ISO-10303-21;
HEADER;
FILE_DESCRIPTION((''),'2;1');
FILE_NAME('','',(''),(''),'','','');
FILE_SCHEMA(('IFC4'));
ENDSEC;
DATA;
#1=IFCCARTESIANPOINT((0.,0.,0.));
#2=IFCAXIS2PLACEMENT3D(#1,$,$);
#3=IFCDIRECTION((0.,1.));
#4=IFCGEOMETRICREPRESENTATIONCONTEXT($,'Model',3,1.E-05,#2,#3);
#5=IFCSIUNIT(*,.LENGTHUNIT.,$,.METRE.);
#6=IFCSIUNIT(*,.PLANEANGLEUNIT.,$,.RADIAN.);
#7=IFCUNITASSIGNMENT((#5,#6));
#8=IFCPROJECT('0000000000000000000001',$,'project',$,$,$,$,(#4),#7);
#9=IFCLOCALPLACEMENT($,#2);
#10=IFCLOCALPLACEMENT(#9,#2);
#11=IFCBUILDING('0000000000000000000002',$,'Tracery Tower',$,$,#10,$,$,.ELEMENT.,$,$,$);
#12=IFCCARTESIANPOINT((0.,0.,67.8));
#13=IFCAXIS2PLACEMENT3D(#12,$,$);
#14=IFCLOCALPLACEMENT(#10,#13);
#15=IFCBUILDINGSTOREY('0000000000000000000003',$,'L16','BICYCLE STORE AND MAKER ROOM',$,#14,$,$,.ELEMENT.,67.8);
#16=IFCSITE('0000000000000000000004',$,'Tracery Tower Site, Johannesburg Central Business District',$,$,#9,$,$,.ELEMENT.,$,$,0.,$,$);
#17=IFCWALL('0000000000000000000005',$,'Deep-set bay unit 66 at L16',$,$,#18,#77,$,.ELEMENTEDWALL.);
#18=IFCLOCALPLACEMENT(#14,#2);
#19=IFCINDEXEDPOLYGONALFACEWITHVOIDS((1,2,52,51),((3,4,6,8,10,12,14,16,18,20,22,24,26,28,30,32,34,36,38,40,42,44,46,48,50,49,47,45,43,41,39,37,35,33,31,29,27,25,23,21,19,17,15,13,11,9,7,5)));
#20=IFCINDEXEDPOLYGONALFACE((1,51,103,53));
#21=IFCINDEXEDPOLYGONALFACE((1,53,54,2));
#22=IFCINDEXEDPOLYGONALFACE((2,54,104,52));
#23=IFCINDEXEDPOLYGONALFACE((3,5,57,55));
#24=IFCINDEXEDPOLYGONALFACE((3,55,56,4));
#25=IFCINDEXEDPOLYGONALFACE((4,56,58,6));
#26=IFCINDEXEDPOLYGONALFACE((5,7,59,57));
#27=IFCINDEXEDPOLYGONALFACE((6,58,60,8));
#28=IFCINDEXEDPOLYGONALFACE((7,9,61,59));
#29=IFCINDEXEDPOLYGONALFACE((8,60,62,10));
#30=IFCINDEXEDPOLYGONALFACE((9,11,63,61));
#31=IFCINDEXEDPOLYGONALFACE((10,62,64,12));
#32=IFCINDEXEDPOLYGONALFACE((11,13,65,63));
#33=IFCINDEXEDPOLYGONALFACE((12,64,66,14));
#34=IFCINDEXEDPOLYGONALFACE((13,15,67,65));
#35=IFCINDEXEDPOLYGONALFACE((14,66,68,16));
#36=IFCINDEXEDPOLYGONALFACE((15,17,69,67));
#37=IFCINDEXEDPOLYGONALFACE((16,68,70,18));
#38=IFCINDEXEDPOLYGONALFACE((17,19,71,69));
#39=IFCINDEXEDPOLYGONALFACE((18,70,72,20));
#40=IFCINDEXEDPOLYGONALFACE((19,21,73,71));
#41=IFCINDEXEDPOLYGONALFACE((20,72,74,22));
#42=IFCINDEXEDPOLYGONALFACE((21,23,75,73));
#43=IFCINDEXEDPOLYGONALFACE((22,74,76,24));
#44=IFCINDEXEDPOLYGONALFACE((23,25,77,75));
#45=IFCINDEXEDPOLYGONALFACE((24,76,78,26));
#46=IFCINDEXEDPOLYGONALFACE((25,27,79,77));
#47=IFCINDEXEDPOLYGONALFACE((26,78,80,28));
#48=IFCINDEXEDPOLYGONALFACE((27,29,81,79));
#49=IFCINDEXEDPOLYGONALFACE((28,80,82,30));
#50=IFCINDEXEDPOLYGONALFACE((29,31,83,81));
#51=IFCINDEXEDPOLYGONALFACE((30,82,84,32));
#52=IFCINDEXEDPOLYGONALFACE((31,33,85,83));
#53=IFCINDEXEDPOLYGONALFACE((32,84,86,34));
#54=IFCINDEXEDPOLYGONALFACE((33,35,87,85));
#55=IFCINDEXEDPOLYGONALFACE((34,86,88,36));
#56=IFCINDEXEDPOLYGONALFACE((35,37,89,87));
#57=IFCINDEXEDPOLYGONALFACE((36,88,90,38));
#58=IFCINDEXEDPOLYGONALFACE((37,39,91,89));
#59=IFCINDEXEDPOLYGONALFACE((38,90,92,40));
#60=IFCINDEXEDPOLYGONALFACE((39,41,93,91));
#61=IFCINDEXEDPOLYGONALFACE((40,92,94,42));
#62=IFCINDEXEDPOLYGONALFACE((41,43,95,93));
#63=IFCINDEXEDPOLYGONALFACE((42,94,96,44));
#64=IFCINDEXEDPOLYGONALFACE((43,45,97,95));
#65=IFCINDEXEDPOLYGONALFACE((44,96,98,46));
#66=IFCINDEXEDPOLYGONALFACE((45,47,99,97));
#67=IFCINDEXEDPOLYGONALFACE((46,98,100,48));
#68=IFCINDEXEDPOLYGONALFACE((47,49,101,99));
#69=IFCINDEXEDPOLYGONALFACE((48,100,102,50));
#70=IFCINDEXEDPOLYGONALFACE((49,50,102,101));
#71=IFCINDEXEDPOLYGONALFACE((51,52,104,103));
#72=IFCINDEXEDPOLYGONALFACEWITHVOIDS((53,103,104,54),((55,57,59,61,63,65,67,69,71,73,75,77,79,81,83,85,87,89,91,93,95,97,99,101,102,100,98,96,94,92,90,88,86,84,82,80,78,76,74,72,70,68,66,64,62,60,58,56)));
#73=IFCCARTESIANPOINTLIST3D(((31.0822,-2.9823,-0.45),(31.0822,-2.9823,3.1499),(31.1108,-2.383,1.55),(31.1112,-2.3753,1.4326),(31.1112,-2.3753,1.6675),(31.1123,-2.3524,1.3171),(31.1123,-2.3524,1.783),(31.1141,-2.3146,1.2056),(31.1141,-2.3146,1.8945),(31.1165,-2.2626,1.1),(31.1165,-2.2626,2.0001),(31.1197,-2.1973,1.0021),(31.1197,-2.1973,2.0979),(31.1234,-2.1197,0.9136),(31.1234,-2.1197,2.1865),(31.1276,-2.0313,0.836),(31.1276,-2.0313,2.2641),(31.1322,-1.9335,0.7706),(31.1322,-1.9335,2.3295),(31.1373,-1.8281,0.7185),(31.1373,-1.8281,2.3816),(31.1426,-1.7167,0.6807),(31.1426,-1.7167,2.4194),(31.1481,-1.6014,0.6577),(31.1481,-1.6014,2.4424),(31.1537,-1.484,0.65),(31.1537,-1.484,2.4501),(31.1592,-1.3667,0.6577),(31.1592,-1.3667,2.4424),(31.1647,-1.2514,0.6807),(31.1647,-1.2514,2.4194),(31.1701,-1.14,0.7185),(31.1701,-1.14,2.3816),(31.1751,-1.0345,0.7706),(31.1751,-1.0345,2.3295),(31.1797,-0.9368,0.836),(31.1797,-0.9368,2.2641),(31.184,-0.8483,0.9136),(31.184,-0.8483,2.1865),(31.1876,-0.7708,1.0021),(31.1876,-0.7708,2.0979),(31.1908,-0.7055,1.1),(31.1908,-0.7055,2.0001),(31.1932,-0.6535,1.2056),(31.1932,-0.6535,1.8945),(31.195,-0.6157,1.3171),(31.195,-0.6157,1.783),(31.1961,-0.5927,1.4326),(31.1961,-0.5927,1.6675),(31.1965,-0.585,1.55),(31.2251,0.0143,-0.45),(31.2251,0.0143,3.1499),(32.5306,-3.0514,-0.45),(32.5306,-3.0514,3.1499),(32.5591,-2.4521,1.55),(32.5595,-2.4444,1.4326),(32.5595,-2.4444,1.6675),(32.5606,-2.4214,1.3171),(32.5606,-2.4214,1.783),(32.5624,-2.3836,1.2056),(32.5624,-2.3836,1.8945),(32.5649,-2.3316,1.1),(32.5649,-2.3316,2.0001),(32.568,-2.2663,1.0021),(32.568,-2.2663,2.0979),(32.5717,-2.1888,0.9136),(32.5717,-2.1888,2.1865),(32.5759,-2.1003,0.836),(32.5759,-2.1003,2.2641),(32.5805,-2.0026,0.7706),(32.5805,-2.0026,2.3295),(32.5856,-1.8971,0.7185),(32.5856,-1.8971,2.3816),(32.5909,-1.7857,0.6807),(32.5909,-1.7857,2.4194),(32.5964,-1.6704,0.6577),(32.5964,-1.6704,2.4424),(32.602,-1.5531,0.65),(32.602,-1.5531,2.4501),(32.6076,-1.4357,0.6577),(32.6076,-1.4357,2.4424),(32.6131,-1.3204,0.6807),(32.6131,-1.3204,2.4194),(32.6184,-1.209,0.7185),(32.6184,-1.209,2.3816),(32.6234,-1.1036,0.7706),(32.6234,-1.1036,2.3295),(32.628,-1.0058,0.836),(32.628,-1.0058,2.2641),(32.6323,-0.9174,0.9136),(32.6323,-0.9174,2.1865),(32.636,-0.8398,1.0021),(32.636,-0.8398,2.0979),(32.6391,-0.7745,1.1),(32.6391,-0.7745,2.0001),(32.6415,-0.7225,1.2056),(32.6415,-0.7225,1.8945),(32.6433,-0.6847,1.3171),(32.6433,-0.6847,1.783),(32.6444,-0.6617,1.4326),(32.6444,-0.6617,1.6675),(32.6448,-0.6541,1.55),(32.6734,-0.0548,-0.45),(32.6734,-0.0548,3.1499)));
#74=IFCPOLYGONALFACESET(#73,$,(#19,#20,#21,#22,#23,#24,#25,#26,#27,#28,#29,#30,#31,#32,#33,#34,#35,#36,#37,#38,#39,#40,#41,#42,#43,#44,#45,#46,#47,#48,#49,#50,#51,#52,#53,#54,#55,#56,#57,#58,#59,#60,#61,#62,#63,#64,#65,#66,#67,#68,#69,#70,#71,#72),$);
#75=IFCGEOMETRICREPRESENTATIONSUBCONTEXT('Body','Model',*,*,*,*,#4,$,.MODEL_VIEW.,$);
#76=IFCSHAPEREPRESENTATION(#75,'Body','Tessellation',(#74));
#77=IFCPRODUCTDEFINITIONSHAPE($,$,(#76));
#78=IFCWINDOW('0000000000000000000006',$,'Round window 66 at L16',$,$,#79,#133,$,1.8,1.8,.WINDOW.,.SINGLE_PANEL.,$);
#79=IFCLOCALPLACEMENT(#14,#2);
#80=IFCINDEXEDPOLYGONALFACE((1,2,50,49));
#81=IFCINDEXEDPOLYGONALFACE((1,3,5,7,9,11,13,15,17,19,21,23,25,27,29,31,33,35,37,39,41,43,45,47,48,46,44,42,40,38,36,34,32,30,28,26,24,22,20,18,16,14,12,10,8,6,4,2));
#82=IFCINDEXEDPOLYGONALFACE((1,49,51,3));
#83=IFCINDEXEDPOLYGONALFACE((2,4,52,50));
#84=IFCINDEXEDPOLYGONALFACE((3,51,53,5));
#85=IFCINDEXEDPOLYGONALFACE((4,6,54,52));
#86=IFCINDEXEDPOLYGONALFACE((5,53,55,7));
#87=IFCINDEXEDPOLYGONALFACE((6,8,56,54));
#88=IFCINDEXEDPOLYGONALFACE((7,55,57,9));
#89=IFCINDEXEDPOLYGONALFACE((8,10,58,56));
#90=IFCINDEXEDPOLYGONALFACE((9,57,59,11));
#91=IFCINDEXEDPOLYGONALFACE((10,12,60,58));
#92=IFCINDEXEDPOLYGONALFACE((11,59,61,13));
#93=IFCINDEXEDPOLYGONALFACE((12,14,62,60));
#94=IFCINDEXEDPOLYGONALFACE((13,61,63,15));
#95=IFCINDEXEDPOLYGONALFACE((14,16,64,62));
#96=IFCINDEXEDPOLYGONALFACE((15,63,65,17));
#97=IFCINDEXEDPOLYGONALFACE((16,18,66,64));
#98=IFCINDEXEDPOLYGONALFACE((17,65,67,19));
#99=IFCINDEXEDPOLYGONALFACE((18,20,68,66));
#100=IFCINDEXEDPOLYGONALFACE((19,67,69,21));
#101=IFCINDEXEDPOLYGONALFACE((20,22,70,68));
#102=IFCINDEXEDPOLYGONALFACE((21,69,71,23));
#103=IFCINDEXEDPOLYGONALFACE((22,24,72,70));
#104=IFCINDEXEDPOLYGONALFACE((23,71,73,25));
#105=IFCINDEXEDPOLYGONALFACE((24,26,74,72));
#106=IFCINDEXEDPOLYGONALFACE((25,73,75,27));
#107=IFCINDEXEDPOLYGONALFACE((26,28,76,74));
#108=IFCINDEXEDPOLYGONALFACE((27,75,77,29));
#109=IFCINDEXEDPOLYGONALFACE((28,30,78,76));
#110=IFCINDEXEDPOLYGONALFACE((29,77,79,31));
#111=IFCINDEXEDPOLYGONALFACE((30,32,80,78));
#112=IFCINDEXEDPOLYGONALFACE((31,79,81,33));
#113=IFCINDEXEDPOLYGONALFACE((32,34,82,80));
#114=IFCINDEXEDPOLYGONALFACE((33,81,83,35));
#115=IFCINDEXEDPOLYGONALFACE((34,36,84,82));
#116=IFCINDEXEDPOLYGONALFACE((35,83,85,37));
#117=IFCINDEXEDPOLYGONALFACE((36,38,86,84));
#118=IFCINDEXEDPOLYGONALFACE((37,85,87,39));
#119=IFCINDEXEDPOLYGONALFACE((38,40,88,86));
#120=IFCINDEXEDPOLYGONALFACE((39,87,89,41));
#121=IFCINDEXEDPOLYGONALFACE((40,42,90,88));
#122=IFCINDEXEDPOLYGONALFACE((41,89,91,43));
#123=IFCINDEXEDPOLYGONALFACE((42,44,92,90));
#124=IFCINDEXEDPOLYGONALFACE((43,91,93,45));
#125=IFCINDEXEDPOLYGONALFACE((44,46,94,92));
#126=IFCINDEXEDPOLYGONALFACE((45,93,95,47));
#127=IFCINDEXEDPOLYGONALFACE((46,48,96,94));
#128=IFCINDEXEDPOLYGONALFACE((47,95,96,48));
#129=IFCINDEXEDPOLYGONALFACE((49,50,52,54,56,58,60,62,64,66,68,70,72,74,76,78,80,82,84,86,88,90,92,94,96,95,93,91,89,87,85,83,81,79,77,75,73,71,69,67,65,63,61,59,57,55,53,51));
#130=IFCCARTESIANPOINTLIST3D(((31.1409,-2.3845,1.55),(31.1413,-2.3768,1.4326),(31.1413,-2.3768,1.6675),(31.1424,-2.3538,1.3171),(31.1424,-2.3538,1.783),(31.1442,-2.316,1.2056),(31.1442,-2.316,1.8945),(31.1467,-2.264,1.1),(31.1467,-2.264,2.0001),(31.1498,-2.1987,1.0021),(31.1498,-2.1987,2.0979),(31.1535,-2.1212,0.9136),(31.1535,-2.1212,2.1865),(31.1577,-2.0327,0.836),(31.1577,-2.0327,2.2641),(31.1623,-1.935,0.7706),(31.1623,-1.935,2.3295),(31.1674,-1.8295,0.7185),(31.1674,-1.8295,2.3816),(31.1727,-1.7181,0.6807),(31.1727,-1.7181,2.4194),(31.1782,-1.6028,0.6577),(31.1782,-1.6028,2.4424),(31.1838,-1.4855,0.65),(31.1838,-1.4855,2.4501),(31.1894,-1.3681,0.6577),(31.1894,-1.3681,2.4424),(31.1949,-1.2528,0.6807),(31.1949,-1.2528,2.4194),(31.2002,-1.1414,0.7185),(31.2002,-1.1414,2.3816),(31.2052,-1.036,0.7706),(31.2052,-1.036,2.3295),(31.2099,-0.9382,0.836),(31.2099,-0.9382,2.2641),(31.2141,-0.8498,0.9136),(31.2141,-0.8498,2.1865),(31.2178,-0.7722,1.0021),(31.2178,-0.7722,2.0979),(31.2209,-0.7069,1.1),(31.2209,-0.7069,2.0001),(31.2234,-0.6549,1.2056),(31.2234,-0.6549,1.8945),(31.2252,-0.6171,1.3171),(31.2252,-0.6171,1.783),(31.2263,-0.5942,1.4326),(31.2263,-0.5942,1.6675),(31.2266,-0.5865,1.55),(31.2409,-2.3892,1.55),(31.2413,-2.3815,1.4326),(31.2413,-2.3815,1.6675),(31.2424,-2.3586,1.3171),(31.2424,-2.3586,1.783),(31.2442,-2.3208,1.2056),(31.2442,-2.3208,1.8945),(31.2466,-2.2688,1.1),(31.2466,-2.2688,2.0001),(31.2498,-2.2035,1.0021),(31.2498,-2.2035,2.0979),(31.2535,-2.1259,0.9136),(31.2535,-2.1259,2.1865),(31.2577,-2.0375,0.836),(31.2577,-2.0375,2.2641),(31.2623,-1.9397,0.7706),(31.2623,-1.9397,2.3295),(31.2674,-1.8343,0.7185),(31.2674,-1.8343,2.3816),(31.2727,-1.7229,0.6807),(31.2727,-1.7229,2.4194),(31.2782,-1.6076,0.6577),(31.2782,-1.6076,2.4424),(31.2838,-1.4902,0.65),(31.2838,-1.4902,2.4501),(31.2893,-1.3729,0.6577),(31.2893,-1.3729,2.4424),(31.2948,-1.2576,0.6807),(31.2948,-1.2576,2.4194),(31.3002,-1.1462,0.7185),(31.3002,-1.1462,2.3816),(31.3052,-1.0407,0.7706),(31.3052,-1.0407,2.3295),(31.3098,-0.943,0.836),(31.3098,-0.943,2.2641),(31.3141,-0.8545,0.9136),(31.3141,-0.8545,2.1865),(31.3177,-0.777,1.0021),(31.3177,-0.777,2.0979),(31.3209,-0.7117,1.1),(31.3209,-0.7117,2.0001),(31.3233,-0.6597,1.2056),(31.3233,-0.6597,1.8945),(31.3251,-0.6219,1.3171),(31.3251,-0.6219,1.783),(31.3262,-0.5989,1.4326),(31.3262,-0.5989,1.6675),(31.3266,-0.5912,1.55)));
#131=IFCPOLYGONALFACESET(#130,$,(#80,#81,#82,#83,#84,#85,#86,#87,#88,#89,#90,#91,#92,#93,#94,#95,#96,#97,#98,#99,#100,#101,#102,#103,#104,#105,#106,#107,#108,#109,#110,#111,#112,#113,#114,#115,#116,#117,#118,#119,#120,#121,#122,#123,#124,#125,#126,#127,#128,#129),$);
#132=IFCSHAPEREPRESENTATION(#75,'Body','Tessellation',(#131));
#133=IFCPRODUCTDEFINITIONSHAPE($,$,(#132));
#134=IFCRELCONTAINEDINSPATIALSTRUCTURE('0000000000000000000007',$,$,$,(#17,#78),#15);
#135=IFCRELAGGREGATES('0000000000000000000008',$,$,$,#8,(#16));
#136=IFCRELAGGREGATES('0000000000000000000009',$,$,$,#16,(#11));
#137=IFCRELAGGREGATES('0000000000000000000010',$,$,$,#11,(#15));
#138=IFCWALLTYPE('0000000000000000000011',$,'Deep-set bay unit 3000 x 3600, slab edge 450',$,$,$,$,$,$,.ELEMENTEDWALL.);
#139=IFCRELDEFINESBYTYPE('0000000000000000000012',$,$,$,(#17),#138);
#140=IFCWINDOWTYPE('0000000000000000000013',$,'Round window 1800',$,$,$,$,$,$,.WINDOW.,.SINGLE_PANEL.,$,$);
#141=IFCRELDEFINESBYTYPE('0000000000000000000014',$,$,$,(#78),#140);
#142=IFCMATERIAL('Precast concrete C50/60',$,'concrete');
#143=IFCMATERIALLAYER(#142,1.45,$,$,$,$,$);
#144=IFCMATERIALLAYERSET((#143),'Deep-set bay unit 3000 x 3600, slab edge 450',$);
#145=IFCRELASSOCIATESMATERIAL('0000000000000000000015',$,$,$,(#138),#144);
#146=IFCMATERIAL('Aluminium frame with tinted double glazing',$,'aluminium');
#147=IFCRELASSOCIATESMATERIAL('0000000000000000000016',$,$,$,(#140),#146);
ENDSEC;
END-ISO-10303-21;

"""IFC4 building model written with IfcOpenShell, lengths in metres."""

from ifc_helpers import new_model, si_unit, direction, frame, frame_2d, origin, origin_2d, place, context, subcontext, project, spatial, rectangle, circle, extrude, material, layer, layer_set, type_object, element, fill, save


model = new_model("IFC4")

# Units and contexts
model_context = context("Model", 3, precision=1e-05, world=origin(), true_north=direction((0.0, 1.0)))
body_context = subcontext(model_context, "Body", "Model", "MODEL_VIEW")
ifc_project = project(units=[si_unit("LENGTHUNIT", "METRE"), si_unit("PLANEANGLEUNIT", "RADIAN")], contexts=[model_context])

# Site, building, storey
site_placement = place(None, origin())
site = spatial("IfcSite", under=ifc_project, at=site_placement, Name="Tracery Tower Site, Johannesburg Central Business District", CompositionType="ELEMENT", RefElevation=0.0)
building_placement = place(site_placement, origin())
building = spatial("IfcBuilding", under=site, at=building_placement, Name="Tracery Tower", CompositionType="ELEMENT")
storey_placement = place(building_placement, frame((0.0, 0.0, 67.8)))
storey = spatial("IfcBuildingStorey", under=building, at=storey_placement, Name="L16", Description="BICYCLE STORE AND MAKER ROOM", CompositionType="ELEMENT", Elevation=67.8)

# Wall, opening, window
ifc_material_1 = material(Name="Precast concrete C50/60", Category="concrete")
ifc_layer_1 = layer(ifc_material_1, 1.45)
ifc_layer_set_1 = layer_set([ifc_layer_1], Name="Deep-set bay unit 3000 x 3600, slab edge 450")
wall_type_1 = type_object("IfcWallType", Name="Deep-set bay unit 3000 x 3600, slab edge 450", PredefinedType="ELEMENTEDWALL", material=ifc_layer_set_1)
ifc_material_2 = material(Name="Aluminium frame with tinted double glazing", Category="aluminium")
window_type = type_object("IfcWindowType", Name="Round window 1800", PartitioningType="SINGLE_PANEL", PredefinedType="WINDOW", material=ifc_material_2)
wall_1_placement = place(storey_placement, frame((31.8064, -3.0168, -0.45), z_axis=(0.0, 0.0, 1.0), x_axis=(0.047608, 0.998866, 0.0)))
wall_1 = element("IfcWall", 1, at=wall_1_placement, inside=storey, type_object=wall_type_1, Name="Deep-set bay unit 66 at L16", PredefinedType="ELEMENTEDWALL", context=body_context, shape_type="SweptSolid", body=[
    extrude(rectangle(XDim=3.0, YDim=1.45, at=frame_2d((1.5, 0.0))), origin(), (0.0, 0.0, 1.0), 3.5999),
])
opening_1_placement = place(wall_1_placement, frame((1.5, 0.0, 2.0)))
opening_1 = element("IfcOpeningElement", 2, at=opening_1_placement, cuts=wall_1, PredefinedType="OPENING", context=body_context, shape_type="SweptSolid", body=[
    extrude(circle(Radius=0.9, at=origin_2d()), frame((0.0, 0.7349, 0.0), z_axis=(0.0, -1.0, 0.0), x_axis=(1.0, 0.0, 0.0)), (0.0, 0.0, 1.0), 1.47),
])
window_1_placement = place(opening_1_placement, origin())
window_1 = element("IfcWindow", 3, at=window_1_placement, inside=storey, type_object=window_type, Name="Round window 66 at L16", OverallHeight=1.8, OverallWidth=1.8, PartitioningType="SINGLE_PANEL", PredefinedType="WINDOW", context=body_context, shape_type="SweptSolid", body=[
    extrude(circle(Radius=0.9, at=origin_2d()), frame((0.0, 0.6948, 0.0), z_axis=(0.0, -1.0, 0.0), x_axis=(1.0, 0.0, 0.0)), (0.0, 0.0, 1.0), 0.1001),
])
fill(opening_1, window_1)

save(model, "model.ifc")
